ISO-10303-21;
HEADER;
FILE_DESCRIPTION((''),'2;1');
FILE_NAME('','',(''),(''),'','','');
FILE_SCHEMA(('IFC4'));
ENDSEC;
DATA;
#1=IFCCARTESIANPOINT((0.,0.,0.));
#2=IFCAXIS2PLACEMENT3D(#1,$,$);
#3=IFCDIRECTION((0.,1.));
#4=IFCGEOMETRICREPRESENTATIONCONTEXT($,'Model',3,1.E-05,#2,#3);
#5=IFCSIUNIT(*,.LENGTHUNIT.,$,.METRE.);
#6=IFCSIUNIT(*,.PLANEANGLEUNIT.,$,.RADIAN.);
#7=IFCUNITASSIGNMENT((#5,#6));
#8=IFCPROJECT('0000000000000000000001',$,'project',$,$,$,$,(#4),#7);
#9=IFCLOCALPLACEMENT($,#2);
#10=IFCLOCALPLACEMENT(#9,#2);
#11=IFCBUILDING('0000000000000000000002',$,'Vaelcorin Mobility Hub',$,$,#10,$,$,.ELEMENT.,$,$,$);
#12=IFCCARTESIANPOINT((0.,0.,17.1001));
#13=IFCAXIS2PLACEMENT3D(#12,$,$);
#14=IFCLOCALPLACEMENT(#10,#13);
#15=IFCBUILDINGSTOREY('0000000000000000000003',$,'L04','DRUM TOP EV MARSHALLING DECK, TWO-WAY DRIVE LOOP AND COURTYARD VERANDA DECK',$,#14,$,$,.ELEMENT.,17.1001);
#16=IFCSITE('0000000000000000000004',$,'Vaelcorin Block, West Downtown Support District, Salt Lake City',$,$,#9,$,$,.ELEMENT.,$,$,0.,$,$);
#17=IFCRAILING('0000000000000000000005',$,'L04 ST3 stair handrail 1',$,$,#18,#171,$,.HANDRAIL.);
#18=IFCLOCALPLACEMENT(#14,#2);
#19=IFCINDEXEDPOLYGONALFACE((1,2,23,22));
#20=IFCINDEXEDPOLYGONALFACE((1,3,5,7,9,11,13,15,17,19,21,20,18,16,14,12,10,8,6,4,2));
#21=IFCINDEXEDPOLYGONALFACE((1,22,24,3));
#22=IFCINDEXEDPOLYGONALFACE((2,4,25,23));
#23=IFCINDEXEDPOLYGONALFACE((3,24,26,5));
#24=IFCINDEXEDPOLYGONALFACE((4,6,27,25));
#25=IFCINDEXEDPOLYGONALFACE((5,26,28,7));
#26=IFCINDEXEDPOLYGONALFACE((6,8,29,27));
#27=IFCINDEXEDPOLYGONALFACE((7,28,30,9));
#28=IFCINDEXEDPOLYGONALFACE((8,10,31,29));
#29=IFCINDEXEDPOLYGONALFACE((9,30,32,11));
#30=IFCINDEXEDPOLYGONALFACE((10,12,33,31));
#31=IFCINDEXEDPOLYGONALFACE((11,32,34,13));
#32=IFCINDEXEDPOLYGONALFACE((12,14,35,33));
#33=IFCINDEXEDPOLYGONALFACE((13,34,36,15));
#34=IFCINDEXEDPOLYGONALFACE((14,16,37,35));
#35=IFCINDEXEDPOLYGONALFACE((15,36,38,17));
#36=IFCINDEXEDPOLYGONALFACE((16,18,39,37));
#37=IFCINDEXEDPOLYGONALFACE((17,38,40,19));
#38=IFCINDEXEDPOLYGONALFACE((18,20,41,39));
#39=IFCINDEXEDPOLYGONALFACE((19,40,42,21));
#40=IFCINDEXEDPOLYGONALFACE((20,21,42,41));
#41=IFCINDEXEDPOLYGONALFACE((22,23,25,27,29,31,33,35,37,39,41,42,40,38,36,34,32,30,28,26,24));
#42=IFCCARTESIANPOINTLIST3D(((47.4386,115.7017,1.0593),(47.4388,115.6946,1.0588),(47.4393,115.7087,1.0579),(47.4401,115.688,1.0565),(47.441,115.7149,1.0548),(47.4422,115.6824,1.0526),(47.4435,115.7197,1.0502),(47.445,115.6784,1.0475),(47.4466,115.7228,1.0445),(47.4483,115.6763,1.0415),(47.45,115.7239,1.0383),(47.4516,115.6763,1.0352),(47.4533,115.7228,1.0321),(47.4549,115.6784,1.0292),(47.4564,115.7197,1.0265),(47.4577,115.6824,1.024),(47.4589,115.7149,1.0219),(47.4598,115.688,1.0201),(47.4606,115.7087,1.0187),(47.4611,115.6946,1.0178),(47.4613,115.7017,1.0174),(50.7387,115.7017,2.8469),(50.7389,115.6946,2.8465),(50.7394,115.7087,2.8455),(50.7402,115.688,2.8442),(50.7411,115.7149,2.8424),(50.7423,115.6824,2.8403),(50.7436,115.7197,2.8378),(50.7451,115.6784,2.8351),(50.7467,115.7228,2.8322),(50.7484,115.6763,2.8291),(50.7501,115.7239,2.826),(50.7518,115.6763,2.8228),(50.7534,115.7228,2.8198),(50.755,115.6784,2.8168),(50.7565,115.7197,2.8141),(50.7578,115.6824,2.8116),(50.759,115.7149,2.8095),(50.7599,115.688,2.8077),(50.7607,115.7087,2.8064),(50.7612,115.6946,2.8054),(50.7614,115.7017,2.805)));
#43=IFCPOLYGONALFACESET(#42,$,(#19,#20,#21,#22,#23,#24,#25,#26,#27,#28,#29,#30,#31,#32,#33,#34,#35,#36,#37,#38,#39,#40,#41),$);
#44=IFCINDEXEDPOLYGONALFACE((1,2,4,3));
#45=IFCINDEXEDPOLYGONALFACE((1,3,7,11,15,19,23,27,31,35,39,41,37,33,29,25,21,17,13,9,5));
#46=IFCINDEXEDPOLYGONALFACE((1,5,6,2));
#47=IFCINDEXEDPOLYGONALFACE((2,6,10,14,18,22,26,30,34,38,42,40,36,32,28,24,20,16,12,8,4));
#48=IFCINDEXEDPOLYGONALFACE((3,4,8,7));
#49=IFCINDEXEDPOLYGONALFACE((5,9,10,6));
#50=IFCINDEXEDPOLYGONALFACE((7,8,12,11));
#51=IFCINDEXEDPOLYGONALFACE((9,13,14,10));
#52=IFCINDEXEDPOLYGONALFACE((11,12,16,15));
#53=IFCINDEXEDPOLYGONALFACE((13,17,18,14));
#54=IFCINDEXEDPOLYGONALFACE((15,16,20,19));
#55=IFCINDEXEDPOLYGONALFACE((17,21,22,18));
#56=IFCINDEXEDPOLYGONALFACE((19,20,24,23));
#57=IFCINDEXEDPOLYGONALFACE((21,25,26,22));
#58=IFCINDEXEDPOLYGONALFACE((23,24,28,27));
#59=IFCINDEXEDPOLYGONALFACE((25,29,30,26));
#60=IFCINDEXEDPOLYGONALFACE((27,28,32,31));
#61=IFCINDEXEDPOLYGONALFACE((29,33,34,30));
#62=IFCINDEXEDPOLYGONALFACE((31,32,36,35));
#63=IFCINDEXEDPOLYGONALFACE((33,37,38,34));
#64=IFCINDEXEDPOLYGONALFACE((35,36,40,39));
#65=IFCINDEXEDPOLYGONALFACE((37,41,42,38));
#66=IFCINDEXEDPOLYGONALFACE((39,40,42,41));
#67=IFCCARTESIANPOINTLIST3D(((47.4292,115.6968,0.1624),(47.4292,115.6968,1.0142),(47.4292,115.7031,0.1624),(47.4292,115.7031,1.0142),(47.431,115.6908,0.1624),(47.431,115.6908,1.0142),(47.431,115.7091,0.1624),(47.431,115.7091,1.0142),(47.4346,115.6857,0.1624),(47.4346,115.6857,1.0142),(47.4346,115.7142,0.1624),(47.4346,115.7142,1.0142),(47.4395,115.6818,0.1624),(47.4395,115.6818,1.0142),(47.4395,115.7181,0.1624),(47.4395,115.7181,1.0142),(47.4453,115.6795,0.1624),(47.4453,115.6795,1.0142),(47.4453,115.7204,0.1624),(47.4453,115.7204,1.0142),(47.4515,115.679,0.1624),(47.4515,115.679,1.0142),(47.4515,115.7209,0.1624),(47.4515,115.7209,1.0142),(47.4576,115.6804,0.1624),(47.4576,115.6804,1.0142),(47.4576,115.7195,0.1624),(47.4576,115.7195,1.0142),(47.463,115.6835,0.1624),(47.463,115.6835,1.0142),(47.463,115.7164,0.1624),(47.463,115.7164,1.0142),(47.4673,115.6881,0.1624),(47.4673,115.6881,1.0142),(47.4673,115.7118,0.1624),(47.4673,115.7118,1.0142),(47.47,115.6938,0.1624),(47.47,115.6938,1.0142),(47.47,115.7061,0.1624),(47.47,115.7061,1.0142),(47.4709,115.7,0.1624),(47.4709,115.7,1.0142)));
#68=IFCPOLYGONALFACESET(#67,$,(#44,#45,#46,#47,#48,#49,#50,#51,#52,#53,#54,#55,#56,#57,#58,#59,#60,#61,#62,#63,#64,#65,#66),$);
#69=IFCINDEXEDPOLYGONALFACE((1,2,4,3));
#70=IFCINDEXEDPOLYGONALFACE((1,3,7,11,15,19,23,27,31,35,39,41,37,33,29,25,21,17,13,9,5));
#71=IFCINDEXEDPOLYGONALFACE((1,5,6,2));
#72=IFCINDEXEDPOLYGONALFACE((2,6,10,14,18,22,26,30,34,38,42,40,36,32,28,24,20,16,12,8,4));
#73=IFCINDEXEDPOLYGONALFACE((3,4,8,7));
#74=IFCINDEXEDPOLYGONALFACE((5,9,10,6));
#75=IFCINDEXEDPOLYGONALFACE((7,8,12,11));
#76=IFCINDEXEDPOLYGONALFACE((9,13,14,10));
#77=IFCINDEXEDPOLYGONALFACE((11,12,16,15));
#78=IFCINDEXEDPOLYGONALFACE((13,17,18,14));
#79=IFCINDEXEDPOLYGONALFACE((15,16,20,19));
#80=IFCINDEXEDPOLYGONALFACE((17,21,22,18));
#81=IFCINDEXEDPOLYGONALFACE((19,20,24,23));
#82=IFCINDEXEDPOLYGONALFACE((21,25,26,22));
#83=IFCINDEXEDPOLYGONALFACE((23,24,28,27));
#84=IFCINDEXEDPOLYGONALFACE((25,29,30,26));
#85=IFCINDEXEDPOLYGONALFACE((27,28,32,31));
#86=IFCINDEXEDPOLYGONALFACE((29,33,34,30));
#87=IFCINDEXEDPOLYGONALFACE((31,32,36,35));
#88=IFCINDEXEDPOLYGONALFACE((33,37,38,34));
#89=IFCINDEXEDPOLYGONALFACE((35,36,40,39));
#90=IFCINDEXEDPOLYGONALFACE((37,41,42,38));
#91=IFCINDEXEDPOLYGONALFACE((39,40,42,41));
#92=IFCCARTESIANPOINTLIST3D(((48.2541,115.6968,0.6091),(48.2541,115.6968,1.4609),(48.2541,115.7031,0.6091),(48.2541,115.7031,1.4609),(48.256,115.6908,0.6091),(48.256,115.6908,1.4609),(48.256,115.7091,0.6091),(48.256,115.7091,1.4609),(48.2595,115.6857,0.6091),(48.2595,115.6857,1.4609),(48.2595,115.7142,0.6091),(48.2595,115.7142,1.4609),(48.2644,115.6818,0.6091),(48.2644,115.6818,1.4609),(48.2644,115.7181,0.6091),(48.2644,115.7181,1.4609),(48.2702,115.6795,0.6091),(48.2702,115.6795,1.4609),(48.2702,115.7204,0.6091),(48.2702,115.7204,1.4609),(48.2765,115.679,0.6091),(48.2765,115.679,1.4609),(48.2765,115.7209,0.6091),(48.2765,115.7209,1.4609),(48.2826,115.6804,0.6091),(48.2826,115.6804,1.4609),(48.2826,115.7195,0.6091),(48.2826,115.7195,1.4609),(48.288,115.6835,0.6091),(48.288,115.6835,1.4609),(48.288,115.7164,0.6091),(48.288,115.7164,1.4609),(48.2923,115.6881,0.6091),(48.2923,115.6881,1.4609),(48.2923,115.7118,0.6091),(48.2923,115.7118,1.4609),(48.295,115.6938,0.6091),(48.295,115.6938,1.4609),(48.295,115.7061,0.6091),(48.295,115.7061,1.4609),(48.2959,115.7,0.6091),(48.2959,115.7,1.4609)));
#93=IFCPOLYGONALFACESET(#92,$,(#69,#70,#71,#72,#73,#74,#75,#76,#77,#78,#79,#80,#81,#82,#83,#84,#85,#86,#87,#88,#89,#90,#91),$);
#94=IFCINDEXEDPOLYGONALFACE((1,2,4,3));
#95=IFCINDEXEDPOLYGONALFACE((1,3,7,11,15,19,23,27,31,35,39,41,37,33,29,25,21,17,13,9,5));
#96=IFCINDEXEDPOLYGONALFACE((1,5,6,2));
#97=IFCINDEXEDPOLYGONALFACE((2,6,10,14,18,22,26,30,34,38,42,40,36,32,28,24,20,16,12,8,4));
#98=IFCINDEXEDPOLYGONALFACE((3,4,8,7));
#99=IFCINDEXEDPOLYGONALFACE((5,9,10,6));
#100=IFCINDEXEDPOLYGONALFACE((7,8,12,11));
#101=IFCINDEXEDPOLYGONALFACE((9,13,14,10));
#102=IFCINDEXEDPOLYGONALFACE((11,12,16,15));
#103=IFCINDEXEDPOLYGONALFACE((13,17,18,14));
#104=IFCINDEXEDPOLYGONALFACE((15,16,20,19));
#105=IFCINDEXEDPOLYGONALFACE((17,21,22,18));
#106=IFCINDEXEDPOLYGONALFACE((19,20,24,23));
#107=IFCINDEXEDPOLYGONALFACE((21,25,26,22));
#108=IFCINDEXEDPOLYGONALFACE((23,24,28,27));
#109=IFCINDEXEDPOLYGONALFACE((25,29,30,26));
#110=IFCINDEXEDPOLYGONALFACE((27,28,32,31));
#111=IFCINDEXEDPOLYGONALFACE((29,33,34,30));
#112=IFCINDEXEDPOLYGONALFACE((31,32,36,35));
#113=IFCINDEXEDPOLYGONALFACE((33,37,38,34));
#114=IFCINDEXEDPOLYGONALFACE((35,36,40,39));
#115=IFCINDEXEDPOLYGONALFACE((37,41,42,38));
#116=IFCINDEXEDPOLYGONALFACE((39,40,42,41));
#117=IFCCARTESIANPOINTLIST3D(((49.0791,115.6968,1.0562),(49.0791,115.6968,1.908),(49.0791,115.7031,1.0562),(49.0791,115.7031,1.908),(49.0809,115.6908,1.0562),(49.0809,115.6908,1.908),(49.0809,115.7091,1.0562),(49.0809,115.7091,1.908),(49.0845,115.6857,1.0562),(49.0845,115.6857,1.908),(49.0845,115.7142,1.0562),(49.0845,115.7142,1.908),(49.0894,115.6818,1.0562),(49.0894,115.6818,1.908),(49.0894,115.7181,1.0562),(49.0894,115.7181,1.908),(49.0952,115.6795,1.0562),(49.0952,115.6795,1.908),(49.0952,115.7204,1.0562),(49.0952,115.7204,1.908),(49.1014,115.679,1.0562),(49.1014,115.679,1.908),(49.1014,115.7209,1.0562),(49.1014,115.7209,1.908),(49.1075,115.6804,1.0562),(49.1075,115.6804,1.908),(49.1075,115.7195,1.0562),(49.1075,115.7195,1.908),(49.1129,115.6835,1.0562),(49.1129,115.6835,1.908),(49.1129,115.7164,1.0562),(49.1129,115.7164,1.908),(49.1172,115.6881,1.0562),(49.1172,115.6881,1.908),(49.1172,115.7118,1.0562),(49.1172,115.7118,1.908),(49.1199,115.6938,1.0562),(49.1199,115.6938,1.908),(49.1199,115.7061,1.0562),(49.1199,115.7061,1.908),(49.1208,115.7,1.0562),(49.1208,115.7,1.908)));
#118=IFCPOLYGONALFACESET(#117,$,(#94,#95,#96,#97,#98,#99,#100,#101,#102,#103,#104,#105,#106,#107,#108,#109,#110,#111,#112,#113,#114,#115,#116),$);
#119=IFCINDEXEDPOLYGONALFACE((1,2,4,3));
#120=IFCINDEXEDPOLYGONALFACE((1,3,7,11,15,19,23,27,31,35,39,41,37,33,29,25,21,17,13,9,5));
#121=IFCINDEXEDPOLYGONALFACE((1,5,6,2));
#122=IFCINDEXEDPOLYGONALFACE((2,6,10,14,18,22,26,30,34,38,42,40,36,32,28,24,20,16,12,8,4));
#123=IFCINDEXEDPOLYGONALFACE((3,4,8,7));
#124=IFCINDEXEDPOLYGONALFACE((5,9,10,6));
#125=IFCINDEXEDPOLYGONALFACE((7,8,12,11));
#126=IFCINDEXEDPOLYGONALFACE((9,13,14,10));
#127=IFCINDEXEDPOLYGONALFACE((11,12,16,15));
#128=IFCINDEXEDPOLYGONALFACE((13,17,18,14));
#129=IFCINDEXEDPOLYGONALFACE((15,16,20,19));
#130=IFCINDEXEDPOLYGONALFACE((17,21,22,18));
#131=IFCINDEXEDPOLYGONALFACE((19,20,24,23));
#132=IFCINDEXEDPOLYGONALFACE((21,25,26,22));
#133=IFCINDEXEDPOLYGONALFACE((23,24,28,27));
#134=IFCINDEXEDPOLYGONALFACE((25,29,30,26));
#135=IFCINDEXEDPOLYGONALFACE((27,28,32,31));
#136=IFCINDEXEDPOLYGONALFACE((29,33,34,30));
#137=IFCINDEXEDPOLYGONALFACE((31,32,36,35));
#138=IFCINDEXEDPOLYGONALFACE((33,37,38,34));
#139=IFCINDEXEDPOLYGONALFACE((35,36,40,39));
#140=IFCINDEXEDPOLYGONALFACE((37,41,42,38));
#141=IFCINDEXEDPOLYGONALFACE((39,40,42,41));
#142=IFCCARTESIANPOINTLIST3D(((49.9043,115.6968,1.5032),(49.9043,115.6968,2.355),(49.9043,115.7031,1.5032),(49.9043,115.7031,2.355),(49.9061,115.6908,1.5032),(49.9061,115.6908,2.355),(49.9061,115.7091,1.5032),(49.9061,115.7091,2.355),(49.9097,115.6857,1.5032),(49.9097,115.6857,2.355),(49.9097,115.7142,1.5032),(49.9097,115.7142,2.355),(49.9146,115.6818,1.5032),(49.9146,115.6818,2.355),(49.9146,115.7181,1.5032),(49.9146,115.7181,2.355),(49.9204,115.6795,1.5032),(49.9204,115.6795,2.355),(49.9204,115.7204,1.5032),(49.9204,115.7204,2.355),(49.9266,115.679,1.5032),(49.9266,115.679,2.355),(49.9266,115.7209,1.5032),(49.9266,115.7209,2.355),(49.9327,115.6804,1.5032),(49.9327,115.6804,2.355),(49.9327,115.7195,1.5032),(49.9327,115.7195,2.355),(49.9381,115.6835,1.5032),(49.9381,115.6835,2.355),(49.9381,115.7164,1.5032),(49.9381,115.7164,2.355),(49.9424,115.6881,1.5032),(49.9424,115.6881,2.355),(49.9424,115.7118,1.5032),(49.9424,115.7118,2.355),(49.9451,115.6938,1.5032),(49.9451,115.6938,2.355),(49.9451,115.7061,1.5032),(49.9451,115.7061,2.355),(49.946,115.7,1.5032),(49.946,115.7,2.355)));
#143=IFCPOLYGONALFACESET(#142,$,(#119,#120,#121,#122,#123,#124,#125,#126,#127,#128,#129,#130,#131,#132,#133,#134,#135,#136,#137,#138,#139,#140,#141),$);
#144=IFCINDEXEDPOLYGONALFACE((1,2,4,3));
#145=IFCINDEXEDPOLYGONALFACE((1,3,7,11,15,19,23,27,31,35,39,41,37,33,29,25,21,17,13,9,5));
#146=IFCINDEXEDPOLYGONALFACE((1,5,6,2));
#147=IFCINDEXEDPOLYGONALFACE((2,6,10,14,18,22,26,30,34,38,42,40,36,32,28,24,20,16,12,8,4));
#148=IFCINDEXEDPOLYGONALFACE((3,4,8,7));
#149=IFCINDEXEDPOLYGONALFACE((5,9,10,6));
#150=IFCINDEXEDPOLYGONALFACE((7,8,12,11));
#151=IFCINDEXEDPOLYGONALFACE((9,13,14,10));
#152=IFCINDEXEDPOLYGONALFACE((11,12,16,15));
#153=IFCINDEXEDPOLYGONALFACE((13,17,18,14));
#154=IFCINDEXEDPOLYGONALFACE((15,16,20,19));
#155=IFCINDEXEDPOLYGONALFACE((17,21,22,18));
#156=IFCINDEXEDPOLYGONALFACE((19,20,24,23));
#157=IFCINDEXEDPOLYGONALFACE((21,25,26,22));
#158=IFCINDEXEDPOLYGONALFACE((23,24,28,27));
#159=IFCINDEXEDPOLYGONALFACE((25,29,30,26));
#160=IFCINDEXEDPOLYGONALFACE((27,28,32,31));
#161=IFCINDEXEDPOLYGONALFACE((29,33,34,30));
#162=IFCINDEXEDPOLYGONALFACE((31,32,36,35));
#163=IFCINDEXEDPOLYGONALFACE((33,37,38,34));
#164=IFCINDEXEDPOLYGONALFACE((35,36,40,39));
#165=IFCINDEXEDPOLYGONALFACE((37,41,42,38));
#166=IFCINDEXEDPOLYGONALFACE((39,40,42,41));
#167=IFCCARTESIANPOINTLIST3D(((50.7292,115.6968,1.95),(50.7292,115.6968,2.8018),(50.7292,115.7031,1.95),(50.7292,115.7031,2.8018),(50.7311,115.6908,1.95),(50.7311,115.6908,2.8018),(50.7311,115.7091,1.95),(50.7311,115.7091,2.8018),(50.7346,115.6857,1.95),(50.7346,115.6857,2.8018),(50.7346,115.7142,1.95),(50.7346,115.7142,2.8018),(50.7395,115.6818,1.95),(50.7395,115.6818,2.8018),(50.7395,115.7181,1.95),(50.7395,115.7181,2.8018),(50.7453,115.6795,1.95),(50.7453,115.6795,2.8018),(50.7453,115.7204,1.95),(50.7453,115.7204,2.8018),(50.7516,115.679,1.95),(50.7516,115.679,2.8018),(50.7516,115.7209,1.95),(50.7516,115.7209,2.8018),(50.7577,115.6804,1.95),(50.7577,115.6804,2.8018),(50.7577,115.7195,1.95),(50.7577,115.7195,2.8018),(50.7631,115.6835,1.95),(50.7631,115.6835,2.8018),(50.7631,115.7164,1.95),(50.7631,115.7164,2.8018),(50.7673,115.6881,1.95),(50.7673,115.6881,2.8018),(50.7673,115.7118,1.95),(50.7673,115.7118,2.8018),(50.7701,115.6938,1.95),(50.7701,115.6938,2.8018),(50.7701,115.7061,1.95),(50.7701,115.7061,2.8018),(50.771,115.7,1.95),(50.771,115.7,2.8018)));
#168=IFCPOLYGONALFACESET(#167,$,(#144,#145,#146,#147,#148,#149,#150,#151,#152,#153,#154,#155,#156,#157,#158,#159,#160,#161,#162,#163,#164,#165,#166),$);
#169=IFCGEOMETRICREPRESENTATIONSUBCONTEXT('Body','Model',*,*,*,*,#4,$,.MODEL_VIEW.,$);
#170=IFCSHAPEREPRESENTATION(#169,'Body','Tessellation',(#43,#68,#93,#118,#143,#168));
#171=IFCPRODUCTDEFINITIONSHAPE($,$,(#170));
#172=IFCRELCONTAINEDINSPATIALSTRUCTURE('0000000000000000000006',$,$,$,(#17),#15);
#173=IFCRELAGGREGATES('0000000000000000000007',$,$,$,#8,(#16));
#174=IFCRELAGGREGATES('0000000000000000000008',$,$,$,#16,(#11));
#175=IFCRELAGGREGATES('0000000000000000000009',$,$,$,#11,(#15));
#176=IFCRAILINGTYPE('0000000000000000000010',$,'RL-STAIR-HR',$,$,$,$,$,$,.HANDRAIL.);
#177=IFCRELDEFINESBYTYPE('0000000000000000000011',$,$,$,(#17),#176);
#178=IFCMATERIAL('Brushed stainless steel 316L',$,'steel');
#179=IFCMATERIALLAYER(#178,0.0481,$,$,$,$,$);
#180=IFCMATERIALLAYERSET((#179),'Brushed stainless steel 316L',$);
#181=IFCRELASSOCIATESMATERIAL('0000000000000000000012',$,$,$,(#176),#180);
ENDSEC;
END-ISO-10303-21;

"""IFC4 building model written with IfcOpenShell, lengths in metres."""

from ifc_helpers import new_model, si_unit, direction, frame, origin, origin_2d, place, context, subcontext, project, spatial, circle, extrude, material, layer, layer_set, type_object, element, save


model = new_model("IFC4")

# Units and contexts
model_context = context("Model", 3, precision=1e-05, world=origin(), true_north=direction((0.0, 1.0)))
body_context = subcontext(model_context, "Body", "Model", "MODEL_VIEW")
ifc_project = project(units=[si_unit("LENGTHUNIT", "METRE"), si_unit("PLANEANGLEUNIT", "RADIAN")], contexts=[model_context])

# Site, building, storey
site_placement = place(None, origin())
site = spatial("IfcSite", under=ifc_project, at=site_placement, Name="Vaelcorin Block, West Downtown Support District, Salt Lake City", CompositionType="ELEMENT", RefElevation=0.0)
building_placement = place(site_placement, origin())
building = spatial("IfcBuilding", under=site, at=building_placement, Name="Vaelcorin Mobility Hub", CompositionType="ELEMENT")
storey_placement = place(building_placement, frame((0.0, 0.0, 17.1001)))
storey = spatial("IfcBuildingStorey", under=building, at=storey_placement, Name="L04", Description="DRUM TOP EV MARSHALLING DECK, TWO-WAY DRIVE LOOP AND COURTYARD VERANDA DECK", CompositionType="ELEMENT", Elevation=17.1001)

# Railing
ifc_material_1 = material(Name="Brushed stainless steel 316L", Category="steel")
ifc_layer_1 = layer(ifc_material_1, 0.0481)
ifc_layer_set_1 = layer_set([ifc_layer_1], Name="Brushed stainless steel 316L")
railing_type = type_object("IfcRailingType", Name="RL-STAIR-HR", PredefinedType="HANDRAIL", material=ifc_layer_set_1)
railing_placement = place(storey_placement, frame((47.45, 115.7, 0.1624)))
element("IfcRailing", 1, at=railing_placement, inside=storey, type_object=railing_type, Name="L04 ST3 stair handrail 1", PredefinedType="HANDRAIL", context=body_context, shape_type="SweptSolid", body=[
    extrude(circle(Radius=0.0239, at=origin_2d()), frame((0.0, 0.0, 0.876), z_axis=(0.879284, 0.0, 0.476298), x_axis=(0.0, 1.0, 0.0)), (0.0, 0.0, 1.0), 3.7532),
    extrude(circle(Radius=0.021, at=origin_2d()), origin(), (0.0, 0.0, 1.0), 0.8518),
    extrude(circle(Radius=0.021, at=origin_2d()), frame((0.825, 0.0, 0.4468)), (0.0, 0.0, 1.0), 0.8518),
    extrude(circle(Radius=0.021, at=origin_2d()), frame((1.6499, 0.0, 0.8938)), (0.0, 0.0, 1.0), 0.8518),
    extrude(circle(Radius=0.021, at=origin_2d()), frame((2.4751, 0.0, 1.3408)), (0.0, 0.0, 1.0), 0.8518),
    extrude(circle(Radius=0.021, at=origin_2d()), frame((3.3, 0.0, 1.7876)), (0.0, 0.0, 1.0), 0.8518),
])

save(model, "model.ifc")
